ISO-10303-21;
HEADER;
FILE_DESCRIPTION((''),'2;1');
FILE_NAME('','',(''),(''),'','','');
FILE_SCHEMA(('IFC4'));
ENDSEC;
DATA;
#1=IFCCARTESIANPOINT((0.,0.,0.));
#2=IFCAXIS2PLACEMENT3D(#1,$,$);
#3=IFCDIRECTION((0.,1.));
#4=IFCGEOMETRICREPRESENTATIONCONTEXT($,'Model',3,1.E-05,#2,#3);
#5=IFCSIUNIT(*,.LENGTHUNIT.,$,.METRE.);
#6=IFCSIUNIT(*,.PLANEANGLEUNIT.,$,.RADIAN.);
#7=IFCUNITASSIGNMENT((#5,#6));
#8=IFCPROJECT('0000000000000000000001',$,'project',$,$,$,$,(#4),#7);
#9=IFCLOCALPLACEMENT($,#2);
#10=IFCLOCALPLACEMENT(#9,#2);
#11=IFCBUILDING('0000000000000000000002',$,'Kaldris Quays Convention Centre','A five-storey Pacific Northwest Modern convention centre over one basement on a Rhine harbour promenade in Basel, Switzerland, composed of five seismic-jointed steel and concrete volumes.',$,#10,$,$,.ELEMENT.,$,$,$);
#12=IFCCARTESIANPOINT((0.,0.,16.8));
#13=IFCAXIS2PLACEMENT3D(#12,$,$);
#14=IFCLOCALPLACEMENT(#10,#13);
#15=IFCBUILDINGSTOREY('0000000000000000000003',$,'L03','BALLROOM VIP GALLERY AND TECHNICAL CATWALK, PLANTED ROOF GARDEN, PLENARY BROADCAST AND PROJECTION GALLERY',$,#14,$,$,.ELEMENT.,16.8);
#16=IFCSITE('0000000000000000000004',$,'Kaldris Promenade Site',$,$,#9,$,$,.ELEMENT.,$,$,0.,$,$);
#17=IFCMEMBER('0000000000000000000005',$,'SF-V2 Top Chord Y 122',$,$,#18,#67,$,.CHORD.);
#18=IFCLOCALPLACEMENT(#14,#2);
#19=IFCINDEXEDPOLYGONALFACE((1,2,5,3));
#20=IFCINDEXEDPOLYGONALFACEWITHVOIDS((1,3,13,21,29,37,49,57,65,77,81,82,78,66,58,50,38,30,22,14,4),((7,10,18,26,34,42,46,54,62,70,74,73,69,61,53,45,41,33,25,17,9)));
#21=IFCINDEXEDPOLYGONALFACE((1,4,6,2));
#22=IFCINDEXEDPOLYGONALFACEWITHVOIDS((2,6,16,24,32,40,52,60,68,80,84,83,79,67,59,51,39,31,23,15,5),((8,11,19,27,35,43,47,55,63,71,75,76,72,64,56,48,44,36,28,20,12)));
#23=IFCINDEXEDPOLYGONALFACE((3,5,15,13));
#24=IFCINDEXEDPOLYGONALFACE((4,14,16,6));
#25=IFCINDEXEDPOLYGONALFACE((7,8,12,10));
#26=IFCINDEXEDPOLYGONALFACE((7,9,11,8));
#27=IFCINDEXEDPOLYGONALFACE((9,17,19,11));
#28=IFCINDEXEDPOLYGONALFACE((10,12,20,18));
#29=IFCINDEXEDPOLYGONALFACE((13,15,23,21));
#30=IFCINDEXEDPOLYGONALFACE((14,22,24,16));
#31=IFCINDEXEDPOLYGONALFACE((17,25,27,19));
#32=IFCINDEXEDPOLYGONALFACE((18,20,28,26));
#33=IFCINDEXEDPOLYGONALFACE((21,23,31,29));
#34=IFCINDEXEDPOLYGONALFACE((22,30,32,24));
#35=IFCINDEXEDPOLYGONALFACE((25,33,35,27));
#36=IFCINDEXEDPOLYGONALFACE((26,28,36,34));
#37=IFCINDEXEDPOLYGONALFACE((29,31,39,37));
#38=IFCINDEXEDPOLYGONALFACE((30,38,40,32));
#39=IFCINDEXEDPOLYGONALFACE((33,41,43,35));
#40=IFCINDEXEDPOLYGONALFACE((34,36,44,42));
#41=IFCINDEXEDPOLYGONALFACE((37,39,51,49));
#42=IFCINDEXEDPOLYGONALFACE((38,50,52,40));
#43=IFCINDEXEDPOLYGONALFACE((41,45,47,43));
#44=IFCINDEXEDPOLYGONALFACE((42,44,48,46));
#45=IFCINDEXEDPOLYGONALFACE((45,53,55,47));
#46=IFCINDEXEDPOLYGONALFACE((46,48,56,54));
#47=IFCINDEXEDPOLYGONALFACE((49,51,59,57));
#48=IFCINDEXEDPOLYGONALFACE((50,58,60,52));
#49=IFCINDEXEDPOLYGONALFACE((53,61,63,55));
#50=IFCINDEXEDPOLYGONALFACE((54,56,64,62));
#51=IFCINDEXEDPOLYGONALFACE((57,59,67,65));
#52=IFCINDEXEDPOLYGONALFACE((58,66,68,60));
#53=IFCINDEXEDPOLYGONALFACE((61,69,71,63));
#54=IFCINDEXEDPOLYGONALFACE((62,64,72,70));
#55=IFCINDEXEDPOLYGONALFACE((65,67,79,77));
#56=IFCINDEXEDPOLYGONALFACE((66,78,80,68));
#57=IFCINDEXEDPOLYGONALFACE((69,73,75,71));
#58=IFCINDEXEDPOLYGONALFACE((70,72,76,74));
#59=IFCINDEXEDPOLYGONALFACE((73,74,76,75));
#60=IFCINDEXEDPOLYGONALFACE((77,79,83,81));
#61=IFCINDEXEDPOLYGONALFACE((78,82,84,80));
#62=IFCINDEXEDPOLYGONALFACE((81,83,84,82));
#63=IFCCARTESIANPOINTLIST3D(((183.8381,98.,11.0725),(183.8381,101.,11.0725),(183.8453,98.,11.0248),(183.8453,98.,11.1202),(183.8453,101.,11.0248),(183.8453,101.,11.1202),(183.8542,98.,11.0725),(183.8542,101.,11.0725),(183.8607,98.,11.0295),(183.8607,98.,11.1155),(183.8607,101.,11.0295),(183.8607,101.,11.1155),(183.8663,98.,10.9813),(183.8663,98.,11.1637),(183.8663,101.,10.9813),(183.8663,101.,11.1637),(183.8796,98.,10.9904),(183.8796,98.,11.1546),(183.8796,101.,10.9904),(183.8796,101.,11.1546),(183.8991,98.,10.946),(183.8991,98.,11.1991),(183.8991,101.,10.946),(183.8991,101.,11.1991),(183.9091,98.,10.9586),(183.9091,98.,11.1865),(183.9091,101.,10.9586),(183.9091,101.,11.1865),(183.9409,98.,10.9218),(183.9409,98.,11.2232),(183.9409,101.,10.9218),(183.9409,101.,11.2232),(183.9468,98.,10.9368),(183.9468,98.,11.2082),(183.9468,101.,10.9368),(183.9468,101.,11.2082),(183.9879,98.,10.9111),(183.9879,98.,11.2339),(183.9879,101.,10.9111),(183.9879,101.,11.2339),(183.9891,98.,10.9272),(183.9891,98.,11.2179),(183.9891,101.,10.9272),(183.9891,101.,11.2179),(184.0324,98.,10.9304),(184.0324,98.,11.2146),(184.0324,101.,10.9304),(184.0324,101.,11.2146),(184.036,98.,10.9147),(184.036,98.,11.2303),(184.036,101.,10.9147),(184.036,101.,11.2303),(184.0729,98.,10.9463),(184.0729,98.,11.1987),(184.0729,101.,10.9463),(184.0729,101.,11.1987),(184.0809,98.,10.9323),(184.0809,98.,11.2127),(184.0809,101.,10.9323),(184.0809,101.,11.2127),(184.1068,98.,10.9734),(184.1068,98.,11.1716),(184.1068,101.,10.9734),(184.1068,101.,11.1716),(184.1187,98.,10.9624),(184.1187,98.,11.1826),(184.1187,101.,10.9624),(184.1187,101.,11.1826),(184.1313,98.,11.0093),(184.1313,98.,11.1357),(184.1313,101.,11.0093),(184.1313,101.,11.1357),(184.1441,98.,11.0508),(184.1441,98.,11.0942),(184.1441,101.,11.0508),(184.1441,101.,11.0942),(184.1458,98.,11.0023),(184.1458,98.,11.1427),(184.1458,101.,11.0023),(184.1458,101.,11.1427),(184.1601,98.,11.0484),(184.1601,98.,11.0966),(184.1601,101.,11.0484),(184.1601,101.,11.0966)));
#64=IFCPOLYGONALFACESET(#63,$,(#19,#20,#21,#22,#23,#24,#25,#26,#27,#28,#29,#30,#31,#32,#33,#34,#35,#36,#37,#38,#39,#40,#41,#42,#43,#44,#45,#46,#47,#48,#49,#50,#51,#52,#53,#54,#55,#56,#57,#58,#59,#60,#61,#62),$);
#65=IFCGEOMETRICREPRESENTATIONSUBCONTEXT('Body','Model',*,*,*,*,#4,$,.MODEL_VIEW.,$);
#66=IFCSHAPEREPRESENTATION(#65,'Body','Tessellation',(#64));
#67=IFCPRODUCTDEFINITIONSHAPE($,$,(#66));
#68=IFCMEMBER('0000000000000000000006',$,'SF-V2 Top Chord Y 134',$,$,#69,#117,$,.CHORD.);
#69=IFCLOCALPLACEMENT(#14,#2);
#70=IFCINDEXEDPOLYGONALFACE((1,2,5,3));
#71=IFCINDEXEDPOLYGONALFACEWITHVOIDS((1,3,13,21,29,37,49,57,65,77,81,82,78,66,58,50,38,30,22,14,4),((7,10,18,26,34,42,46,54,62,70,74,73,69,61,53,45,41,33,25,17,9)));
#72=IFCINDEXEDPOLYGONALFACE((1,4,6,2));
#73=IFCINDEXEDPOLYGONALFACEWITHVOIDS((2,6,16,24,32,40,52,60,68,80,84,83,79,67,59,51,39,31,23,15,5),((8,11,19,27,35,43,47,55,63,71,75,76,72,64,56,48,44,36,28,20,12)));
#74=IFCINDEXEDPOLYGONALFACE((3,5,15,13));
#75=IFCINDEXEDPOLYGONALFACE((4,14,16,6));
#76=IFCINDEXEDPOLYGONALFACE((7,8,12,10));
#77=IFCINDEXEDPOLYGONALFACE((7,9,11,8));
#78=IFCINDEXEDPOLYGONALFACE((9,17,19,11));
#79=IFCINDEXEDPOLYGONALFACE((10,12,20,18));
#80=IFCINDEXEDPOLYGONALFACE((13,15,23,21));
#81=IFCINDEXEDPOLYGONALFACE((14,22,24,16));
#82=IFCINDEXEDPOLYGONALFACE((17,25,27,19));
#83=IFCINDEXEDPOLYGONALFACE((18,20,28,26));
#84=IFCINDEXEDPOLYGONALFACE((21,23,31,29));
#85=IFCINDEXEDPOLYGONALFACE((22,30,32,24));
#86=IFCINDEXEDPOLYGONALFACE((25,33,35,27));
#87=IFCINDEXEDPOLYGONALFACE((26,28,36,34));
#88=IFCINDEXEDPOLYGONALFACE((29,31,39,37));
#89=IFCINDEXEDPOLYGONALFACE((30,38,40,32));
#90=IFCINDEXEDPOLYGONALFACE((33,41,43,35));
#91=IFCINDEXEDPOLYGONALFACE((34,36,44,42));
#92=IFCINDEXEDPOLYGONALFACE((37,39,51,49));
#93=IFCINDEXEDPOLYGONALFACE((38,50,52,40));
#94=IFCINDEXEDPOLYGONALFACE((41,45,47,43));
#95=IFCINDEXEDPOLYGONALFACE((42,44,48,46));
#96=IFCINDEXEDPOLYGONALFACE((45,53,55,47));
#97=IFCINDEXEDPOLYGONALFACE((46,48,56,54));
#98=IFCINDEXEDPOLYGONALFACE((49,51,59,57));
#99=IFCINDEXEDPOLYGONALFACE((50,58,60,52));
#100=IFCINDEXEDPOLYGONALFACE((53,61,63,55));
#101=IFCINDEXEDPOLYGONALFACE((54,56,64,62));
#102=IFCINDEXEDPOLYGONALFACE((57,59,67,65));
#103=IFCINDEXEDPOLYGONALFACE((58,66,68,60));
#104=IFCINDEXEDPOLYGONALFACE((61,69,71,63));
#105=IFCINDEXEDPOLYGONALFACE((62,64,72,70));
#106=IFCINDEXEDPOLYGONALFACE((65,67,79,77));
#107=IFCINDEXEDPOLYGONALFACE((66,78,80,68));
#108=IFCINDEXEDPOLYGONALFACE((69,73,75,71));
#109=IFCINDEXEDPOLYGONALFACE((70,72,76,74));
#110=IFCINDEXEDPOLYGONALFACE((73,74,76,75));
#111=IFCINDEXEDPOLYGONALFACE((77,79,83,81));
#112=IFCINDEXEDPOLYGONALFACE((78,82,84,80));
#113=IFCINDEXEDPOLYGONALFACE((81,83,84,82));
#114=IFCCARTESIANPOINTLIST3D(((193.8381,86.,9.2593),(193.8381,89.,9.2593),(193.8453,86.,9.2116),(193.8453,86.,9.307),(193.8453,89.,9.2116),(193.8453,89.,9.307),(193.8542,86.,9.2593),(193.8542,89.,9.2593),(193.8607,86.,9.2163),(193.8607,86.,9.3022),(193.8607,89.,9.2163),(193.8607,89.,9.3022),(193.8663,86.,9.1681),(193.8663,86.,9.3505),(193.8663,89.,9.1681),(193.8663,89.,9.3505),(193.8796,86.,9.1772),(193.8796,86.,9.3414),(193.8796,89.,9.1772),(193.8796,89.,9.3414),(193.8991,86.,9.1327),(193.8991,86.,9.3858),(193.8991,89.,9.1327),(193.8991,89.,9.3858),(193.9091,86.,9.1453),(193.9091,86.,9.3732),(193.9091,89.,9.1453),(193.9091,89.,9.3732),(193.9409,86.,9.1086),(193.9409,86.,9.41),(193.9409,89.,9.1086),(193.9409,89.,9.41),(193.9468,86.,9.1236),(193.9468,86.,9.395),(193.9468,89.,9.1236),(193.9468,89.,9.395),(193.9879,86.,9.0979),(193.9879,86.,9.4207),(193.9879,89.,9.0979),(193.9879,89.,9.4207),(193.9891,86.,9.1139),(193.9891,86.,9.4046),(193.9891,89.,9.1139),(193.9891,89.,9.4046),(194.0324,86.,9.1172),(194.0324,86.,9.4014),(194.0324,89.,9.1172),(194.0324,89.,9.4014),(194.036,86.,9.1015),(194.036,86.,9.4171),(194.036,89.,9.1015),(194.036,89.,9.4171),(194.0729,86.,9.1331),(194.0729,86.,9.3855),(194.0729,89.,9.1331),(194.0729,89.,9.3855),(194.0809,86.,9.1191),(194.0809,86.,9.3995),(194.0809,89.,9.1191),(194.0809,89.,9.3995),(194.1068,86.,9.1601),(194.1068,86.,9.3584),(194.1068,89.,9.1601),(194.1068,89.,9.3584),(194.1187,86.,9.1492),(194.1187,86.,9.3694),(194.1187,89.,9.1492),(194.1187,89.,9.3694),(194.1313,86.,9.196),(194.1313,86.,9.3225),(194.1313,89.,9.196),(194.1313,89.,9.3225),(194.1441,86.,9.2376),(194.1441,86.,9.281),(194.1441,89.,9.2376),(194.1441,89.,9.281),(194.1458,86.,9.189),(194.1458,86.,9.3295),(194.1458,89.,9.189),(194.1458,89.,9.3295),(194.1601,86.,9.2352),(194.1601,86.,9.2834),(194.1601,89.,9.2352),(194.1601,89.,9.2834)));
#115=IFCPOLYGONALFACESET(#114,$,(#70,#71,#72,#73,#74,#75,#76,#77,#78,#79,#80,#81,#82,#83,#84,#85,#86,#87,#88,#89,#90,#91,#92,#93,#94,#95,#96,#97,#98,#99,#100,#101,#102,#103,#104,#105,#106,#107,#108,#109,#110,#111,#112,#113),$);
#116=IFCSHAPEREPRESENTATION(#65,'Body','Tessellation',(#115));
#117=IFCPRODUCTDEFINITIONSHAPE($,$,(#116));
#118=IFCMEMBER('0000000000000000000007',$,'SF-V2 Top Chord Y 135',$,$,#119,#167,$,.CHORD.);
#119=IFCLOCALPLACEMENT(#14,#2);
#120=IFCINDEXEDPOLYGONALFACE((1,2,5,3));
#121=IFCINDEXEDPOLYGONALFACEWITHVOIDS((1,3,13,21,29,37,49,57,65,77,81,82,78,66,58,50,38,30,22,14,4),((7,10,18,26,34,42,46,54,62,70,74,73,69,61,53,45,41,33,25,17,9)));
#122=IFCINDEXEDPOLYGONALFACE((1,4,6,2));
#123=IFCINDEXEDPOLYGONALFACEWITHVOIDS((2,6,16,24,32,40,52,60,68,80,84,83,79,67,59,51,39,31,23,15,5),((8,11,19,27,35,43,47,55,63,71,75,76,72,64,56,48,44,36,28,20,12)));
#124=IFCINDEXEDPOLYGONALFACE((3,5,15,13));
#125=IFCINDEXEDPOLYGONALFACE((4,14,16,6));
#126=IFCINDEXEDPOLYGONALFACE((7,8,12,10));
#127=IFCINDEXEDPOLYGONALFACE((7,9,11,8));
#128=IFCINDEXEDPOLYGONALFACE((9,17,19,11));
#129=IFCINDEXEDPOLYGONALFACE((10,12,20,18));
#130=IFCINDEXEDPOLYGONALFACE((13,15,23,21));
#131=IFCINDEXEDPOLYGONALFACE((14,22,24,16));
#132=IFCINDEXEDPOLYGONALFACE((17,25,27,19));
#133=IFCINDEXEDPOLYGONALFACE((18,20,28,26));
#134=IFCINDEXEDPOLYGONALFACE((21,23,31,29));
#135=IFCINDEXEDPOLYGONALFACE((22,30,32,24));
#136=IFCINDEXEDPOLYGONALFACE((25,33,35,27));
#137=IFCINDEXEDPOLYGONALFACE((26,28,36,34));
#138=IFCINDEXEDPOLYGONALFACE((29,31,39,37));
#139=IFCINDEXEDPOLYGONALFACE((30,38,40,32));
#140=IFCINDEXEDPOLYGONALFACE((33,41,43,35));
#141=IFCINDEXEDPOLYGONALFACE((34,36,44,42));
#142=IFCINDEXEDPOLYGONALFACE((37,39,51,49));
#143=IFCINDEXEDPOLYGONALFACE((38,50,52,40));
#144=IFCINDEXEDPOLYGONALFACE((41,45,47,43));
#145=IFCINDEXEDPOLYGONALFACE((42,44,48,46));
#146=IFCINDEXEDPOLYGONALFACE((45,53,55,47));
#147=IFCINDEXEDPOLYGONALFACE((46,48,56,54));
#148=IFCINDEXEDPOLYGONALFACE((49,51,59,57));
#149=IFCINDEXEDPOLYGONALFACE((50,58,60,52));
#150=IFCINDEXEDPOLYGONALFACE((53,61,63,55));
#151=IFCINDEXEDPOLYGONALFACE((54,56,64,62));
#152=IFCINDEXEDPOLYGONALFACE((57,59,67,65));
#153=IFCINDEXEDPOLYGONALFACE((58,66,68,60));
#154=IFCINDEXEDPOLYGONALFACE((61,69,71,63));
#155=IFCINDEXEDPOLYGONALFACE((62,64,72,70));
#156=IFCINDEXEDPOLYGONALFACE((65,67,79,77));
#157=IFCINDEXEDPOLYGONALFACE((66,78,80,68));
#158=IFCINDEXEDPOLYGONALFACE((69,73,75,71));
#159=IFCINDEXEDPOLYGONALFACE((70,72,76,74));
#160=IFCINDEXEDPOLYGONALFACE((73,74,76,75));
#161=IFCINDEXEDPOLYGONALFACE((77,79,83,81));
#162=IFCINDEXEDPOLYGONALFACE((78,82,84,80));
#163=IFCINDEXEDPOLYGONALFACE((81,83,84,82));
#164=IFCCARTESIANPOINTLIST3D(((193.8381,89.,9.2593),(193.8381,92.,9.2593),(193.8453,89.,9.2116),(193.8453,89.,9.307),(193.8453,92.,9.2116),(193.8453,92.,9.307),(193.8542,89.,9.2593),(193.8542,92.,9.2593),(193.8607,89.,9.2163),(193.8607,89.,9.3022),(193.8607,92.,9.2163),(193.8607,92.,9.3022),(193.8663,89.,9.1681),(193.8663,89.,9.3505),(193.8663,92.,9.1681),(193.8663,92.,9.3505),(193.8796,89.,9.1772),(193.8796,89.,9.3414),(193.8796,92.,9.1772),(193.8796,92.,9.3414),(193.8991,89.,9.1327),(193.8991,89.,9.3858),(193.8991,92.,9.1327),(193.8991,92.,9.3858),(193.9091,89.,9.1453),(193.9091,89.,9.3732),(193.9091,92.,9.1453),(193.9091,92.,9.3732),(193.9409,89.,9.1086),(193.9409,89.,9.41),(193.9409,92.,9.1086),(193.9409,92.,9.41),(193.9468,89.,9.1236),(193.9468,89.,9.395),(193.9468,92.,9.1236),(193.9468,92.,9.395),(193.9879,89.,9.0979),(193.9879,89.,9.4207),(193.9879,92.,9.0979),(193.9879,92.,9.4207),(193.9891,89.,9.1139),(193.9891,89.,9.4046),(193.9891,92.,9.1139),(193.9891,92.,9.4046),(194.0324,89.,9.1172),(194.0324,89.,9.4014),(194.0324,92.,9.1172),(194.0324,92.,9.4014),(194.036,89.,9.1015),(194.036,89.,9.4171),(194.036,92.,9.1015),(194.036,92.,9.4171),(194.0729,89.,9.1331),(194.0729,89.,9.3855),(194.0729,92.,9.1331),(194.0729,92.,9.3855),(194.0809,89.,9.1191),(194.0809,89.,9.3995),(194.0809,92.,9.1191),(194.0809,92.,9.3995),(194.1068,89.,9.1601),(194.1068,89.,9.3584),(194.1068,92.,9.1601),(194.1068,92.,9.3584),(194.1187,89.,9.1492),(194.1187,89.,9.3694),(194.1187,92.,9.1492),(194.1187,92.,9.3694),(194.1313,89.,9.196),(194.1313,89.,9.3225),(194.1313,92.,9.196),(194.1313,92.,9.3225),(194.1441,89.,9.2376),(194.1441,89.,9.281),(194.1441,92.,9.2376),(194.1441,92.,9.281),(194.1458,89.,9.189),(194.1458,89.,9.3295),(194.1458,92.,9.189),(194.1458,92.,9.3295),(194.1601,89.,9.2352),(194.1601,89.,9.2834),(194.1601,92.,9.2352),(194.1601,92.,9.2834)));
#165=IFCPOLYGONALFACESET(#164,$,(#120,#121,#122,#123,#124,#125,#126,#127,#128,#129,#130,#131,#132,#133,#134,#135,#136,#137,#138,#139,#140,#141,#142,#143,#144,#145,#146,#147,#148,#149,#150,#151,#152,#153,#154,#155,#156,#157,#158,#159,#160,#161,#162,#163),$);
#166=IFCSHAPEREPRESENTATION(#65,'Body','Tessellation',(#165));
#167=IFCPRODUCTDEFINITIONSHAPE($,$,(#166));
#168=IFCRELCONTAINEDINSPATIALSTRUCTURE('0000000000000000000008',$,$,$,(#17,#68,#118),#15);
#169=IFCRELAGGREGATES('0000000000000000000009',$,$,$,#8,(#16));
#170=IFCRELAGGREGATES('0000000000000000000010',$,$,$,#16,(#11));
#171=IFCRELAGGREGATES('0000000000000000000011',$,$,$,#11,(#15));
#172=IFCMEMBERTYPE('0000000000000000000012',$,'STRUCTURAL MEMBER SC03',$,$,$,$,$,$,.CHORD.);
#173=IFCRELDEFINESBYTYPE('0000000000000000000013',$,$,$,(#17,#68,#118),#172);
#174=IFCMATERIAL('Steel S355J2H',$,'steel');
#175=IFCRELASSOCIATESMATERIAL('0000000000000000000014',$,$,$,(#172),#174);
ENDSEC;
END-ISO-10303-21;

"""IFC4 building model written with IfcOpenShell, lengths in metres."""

from ifc_helpers import new_model, si_unit, direction, frame, origin, origin_2d, place, context, subcontext, project, spatial, hollow_circle, extrude, material, material_profile, profile_set, type_object, element, save


model = new_model("IFC4")

# Units and contexts
model_context = context("Model", 3, precision=1e-05, world=origin(), true_north=direction((0.0, 1.0)))
body_context = subcontext(model_context, "Body", "Model", "MODEL_VIEW")
ifc_project = project(units=[si_unit("LENGTHUNIT", "METRE"), si_unit("PLANEANGLEUNIT", "RADIAN")], contexts=[model_context])

# Site, building, storey
site_placement = place(None, origin())
site = spatial("IfcSite", under=ifc_project, at=site_placement, Name="Kaldris Promenade Site", CompositionType="ELEMENT", RefElevation=0.0)
building_placement = place(site_placement, origin())
building = spatial("IfcBuilding", under=site, at=building_placement, Name="Kaldris Quays Convention Centre", Description="A five-storey Pacific Northwest Modern convention centre over one basement on a Rhine harbour promenade in Basel, Switzerland, composed of five seismic-jointed steel and concrete volumes.", CompositionType="ELEMENT")
storey_placement = place(building_placement, frame((0.0, 0.0, 16.8)))
storey = spatial("IfcBuildingStorey", under=building, at=storey_placement, Name="L03", Description="BALLROOM VIP GALLERY AND TECHNICAL CATWALK, PLANTED ROOF GARDEN, PLENARY BROADCAST AND PROJECTION GALLERY", CompositionType="ELEMENT", Elevation=16.8)

# Members
ifc_material_1 = material(Name="Steel S355J2H", Category="steel")
ifc_material_profile_1 = material_profile(ifc_material_1, hollow_circle(Radius=0.1619, WallThickness=0.0161, at=origin_2d()), Name="CHS 323.9x16")
ifc_profile_set_1 = profile_set([ifc_material_profile_1], Name="Steel S355J2H")
member_type_1 = type_object("IfcMemberType", Name="STRUCTURAL MEMBER SC03", PredefinedType="CHORD", material=ifc_profile_set_1)
for number, where, z_axis, x_axis, name in (
    (1, (184.0, 98.0, 11.0725), (0.0, 1.0, 0.0), (-1.0, 0.0, 0.0), "SF-V2 Top Chord Y 122"),
    (2, (194.0, 86.0, 9.2593), (0.0, 1.0, 0.0), (-1.0, 0.0, 0.0), "SF-V2 Top Chord Y 134"),
    (3, (194.0, 89.0, 9.2593), (0.0, 1.0, 0.0), (-1.0, 0.0, 0.0), "SF-V2 Top Chord Y 135"),
):
    element("IfcMember", number, at=place(storey_placement, frame(where, z_axis=z_axis, x_axis=x_axis)), inside=storey, type_object=member_type_1, Name=name, PredefinedType="CHORD", context=body_context, shape_type="SweptSolid", body=[
        extrude(hollow_circle(Radius=0.1619, WallThickness=0.0161, at=origin_2d()), origin(), (0.0, 0.0, 1.0), 3.0),
    ])

save(model, "model.ifc")
